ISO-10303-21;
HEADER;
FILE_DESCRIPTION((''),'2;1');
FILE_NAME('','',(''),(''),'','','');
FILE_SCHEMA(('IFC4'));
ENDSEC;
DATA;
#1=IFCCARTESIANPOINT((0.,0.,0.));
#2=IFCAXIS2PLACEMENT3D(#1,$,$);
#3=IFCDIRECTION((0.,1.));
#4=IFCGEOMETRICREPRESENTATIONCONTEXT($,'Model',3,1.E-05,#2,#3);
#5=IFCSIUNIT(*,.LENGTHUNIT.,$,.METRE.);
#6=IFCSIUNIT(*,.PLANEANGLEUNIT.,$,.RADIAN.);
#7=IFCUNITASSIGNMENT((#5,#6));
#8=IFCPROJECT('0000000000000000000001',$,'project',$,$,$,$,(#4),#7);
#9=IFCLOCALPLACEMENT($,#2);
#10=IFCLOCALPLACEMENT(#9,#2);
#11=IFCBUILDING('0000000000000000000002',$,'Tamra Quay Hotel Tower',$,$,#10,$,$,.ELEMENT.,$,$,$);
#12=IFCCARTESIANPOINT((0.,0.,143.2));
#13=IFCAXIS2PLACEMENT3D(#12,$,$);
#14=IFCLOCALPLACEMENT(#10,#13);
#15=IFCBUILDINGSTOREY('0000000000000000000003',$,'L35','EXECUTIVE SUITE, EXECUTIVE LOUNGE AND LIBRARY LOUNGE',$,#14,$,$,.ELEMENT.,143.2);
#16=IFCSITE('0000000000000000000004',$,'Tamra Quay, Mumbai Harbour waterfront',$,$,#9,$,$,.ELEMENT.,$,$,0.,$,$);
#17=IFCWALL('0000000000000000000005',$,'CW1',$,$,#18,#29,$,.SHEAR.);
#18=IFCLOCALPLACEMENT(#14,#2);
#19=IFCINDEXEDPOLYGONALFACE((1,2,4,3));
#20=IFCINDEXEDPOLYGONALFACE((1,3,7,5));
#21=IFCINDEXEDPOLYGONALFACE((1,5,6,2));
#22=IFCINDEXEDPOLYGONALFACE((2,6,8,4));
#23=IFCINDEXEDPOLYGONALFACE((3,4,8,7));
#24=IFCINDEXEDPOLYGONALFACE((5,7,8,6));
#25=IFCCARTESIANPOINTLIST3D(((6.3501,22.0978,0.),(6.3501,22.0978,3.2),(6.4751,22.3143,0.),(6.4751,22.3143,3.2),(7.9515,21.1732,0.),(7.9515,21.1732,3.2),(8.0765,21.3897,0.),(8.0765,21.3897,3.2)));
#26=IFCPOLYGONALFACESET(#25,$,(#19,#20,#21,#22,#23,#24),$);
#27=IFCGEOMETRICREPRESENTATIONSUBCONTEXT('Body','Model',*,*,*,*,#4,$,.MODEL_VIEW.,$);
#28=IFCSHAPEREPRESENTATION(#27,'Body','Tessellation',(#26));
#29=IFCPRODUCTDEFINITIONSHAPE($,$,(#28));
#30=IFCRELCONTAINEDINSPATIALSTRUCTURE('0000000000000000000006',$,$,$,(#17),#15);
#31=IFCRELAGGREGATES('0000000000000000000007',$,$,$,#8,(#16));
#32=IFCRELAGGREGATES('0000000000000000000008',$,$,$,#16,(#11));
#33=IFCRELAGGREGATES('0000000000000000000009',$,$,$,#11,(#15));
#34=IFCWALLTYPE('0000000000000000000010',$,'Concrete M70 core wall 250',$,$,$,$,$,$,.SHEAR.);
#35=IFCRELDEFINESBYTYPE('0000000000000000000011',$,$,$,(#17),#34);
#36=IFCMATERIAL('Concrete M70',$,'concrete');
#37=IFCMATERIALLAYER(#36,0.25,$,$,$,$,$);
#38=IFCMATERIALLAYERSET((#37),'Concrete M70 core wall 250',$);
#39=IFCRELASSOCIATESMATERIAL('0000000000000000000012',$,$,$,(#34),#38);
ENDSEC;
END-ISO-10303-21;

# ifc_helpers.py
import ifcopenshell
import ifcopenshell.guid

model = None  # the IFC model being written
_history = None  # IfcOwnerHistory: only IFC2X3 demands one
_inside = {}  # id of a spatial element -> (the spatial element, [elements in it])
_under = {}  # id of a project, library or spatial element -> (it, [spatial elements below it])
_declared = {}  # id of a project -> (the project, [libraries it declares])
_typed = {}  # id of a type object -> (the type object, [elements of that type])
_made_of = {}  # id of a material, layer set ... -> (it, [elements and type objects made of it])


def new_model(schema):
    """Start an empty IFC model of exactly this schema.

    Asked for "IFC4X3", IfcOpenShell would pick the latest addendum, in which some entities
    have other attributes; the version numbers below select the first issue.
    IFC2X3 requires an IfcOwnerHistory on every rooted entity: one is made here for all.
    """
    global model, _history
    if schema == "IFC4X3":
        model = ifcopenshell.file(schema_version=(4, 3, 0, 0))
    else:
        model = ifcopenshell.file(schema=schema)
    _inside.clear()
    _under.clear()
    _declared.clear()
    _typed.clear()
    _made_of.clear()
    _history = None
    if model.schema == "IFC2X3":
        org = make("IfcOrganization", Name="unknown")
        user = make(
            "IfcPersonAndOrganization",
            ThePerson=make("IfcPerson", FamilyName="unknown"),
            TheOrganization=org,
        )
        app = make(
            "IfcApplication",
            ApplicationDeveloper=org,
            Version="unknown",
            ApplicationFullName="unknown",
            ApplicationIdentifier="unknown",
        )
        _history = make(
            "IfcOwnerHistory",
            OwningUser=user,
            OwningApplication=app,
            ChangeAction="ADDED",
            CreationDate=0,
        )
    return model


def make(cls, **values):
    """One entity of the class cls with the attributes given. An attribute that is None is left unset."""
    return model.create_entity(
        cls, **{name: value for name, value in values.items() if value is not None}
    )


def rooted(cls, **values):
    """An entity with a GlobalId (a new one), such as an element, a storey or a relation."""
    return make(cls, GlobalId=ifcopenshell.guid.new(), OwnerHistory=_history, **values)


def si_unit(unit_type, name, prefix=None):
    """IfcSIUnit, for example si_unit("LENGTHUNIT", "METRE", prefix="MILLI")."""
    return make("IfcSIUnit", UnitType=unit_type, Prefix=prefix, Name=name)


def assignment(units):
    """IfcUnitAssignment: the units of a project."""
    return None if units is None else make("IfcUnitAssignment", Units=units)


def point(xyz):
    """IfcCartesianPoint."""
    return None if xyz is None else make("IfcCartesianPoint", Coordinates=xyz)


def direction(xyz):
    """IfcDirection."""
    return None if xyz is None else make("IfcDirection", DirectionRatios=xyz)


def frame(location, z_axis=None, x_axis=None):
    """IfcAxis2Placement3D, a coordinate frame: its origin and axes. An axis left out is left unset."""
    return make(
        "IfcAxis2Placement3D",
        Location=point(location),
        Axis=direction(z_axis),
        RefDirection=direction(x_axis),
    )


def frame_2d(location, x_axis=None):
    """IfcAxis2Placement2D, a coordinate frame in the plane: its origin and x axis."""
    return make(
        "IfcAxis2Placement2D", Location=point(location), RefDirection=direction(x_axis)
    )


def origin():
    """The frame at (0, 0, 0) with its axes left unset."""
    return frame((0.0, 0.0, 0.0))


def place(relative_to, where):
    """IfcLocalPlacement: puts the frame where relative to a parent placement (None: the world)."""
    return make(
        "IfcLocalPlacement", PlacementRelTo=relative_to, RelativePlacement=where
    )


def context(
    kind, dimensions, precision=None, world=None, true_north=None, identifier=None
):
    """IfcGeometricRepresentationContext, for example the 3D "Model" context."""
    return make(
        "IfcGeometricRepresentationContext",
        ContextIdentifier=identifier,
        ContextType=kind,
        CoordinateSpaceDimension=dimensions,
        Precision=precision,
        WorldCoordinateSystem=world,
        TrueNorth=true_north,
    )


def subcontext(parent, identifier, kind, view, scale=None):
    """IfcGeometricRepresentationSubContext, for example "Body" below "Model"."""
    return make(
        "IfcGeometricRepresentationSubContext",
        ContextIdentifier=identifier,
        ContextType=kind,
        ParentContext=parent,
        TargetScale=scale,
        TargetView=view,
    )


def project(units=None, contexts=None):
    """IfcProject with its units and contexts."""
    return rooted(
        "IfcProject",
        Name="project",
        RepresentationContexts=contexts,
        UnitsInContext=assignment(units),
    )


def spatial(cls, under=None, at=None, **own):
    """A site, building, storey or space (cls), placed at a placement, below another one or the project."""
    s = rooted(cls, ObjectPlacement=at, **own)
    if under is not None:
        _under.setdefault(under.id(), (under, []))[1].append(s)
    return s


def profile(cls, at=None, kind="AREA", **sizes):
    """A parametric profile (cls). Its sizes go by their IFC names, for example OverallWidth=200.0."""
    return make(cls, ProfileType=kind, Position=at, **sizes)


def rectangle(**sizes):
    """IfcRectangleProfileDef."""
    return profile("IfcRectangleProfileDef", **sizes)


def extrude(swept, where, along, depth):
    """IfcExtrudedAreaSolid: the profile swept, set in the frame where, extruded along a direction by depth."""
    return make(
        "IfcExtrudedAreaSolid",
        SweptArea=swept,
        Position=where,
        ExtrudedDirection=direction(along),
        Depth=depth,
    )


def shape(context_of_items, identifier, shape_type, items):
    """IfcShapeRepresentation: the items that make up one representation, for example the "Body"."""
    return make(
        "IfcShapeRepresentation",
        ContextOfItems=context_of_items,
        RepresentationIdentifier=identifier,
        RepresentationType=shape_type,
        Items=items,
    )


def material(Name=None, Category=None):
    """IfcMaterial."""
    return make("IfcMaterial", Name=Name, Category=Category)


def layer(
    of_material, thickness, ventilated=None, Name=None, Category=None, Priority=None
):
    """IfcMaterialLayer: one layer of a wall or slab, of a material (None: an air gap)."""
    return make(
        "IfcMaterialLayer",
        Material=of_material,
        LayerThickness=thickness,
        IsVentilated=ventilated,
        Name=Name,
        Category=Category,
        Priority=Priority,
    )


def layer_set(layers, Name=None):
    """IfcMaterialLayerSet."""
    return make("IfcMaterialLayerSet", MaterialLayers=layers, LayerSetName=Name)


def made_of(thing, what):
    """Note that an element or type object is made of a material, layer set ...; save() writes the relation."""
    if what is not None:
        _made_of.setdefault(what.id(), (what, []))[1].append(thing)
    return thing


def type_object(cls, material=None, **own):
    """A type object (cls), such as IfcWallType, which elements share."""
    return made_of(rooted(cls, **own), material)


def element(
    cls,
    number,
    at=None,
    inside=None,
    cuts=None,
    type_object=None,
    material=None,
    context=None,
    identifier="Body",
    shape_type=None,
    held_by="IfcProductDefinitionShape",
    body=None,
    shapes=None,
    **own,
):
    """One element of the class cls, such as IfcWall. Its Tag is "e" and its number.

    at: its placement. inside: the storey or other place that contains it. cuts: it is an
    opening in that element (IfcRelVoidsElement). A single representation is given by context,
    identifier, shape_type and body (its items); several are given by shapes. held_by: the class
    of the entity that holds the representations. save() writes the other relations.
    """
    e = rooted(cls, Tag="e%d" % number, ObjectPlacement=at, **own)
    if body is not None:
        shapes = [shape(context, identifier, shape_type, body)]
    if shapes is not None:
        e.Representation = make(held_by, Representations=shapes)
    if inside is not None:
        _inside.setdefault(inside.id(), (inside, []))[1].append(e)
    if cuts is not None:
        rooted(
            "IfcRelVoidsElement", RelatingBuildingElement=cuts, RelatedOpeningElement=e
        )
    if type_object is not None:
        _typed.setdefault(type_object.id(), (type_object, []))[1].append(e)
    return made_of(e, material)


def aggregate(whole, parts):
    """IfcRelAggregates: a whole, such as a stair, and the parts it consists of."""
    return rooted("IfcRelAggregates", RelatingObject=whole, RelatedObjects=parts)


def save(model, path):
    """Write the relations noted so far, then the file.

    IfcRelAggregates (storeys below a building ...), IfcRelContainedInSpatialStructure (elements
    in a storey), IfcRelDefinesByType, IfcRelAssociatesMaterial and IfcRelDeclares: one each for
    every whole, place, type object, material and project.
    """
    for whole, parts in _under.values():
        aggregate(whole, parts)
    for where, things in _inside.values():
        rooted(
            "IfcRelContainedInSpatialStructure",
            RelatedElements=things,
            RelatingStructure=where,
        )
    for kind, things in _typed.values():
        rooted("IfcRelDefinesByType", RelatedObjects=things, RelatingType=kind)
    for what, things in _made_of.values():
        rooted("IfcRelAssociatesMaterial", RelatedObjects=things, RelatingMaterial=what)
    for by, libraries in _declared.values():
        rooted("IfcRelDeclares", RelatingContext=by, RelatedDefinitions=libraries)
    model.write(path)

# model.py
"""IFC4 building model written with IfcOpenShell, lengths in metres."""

from ifc_helpers import new_model, si_unit, direction, frame, frame_2d, origin, place, context, subcontext, project, spatial, rectangle, extrude, material, layer, layer_set, type_object, element, save


model = new_model("IFC4")

# Units and contexts
model_context = context("Model", 3, precision=1e-05, world=origin(), true_north=direction((0.0, 1.0)))
body_context = subcontext(model_context, "Body", "Model", "MODEL_VIEW")
ifc_project = project(units=[si_unit("LENGTHUNIT", "METRE"), si_unit("PLANEANGLEUNIT", "RADIAN")], contexts=[model_context])

# Site, building, storey
site_placement = place(None, origin())
site = spatial("IfcSite", under=ifc_project, at=site_placement, Name="Tamra Quay, Mumbai Harbour waterfront", CompositionType="ELEMENT", RefElevation=0.0)
building_placement = place(site_placement, origin())
building = spatial("IfcBuilding", under=site, at=building_placement, Name="Tamra Quay Hotel Tower", CompositionType="ELEMENT")
storey_placement = place(building_placement, frame((0.0, 0.0, 143.2)))
storey = spatial("IfcBuildingStorey", under=building, at=storey_placement, Name="L35", Description="EXECUTIVE SUITE, EXECUTIVE LOUNGE AND LIBRARY LOUNGE", CompositionType="ELEMENT", Elevation=143.2)

# Shared definitions
ifc_material_1 = material(Name="Concrete M70", Category="concrete")

# Wall
ifc_layer_1 = layer(ifc_material_1, 0.25)
ifc_layer_set_1 = layer_set([ifc_layer_1], Name="Concrete M70 core wall 250")
wall_type_1 = type_object("IfcWallType", Name="Concrete M70 core wall 250", PredefinedType="SHEAR", material=ifc_layer_set_1)
wall_1_placement = place(storey_placement, frame((6.4126, 22.2061, 0.0), z_axis=(0.0, 0.0, 1.0), x_axis=(0.866016, -0.500016, 0.0)))
element("IfcWall", 1, at=wall_1_placement, inside=storey, type_object=wall_type_1, Name="CW1", PredefinedType="SHEAR", context=body_context, shape_type="SweptSolid", body=[
    extrude(rectangle(XDim=1.8491, YDim=0.25, at=frame_2d((0.9246, 0.0))), origin(), (0.0, 0.0, 1.0), 3.2),
])

save(model, "model.ifc")
